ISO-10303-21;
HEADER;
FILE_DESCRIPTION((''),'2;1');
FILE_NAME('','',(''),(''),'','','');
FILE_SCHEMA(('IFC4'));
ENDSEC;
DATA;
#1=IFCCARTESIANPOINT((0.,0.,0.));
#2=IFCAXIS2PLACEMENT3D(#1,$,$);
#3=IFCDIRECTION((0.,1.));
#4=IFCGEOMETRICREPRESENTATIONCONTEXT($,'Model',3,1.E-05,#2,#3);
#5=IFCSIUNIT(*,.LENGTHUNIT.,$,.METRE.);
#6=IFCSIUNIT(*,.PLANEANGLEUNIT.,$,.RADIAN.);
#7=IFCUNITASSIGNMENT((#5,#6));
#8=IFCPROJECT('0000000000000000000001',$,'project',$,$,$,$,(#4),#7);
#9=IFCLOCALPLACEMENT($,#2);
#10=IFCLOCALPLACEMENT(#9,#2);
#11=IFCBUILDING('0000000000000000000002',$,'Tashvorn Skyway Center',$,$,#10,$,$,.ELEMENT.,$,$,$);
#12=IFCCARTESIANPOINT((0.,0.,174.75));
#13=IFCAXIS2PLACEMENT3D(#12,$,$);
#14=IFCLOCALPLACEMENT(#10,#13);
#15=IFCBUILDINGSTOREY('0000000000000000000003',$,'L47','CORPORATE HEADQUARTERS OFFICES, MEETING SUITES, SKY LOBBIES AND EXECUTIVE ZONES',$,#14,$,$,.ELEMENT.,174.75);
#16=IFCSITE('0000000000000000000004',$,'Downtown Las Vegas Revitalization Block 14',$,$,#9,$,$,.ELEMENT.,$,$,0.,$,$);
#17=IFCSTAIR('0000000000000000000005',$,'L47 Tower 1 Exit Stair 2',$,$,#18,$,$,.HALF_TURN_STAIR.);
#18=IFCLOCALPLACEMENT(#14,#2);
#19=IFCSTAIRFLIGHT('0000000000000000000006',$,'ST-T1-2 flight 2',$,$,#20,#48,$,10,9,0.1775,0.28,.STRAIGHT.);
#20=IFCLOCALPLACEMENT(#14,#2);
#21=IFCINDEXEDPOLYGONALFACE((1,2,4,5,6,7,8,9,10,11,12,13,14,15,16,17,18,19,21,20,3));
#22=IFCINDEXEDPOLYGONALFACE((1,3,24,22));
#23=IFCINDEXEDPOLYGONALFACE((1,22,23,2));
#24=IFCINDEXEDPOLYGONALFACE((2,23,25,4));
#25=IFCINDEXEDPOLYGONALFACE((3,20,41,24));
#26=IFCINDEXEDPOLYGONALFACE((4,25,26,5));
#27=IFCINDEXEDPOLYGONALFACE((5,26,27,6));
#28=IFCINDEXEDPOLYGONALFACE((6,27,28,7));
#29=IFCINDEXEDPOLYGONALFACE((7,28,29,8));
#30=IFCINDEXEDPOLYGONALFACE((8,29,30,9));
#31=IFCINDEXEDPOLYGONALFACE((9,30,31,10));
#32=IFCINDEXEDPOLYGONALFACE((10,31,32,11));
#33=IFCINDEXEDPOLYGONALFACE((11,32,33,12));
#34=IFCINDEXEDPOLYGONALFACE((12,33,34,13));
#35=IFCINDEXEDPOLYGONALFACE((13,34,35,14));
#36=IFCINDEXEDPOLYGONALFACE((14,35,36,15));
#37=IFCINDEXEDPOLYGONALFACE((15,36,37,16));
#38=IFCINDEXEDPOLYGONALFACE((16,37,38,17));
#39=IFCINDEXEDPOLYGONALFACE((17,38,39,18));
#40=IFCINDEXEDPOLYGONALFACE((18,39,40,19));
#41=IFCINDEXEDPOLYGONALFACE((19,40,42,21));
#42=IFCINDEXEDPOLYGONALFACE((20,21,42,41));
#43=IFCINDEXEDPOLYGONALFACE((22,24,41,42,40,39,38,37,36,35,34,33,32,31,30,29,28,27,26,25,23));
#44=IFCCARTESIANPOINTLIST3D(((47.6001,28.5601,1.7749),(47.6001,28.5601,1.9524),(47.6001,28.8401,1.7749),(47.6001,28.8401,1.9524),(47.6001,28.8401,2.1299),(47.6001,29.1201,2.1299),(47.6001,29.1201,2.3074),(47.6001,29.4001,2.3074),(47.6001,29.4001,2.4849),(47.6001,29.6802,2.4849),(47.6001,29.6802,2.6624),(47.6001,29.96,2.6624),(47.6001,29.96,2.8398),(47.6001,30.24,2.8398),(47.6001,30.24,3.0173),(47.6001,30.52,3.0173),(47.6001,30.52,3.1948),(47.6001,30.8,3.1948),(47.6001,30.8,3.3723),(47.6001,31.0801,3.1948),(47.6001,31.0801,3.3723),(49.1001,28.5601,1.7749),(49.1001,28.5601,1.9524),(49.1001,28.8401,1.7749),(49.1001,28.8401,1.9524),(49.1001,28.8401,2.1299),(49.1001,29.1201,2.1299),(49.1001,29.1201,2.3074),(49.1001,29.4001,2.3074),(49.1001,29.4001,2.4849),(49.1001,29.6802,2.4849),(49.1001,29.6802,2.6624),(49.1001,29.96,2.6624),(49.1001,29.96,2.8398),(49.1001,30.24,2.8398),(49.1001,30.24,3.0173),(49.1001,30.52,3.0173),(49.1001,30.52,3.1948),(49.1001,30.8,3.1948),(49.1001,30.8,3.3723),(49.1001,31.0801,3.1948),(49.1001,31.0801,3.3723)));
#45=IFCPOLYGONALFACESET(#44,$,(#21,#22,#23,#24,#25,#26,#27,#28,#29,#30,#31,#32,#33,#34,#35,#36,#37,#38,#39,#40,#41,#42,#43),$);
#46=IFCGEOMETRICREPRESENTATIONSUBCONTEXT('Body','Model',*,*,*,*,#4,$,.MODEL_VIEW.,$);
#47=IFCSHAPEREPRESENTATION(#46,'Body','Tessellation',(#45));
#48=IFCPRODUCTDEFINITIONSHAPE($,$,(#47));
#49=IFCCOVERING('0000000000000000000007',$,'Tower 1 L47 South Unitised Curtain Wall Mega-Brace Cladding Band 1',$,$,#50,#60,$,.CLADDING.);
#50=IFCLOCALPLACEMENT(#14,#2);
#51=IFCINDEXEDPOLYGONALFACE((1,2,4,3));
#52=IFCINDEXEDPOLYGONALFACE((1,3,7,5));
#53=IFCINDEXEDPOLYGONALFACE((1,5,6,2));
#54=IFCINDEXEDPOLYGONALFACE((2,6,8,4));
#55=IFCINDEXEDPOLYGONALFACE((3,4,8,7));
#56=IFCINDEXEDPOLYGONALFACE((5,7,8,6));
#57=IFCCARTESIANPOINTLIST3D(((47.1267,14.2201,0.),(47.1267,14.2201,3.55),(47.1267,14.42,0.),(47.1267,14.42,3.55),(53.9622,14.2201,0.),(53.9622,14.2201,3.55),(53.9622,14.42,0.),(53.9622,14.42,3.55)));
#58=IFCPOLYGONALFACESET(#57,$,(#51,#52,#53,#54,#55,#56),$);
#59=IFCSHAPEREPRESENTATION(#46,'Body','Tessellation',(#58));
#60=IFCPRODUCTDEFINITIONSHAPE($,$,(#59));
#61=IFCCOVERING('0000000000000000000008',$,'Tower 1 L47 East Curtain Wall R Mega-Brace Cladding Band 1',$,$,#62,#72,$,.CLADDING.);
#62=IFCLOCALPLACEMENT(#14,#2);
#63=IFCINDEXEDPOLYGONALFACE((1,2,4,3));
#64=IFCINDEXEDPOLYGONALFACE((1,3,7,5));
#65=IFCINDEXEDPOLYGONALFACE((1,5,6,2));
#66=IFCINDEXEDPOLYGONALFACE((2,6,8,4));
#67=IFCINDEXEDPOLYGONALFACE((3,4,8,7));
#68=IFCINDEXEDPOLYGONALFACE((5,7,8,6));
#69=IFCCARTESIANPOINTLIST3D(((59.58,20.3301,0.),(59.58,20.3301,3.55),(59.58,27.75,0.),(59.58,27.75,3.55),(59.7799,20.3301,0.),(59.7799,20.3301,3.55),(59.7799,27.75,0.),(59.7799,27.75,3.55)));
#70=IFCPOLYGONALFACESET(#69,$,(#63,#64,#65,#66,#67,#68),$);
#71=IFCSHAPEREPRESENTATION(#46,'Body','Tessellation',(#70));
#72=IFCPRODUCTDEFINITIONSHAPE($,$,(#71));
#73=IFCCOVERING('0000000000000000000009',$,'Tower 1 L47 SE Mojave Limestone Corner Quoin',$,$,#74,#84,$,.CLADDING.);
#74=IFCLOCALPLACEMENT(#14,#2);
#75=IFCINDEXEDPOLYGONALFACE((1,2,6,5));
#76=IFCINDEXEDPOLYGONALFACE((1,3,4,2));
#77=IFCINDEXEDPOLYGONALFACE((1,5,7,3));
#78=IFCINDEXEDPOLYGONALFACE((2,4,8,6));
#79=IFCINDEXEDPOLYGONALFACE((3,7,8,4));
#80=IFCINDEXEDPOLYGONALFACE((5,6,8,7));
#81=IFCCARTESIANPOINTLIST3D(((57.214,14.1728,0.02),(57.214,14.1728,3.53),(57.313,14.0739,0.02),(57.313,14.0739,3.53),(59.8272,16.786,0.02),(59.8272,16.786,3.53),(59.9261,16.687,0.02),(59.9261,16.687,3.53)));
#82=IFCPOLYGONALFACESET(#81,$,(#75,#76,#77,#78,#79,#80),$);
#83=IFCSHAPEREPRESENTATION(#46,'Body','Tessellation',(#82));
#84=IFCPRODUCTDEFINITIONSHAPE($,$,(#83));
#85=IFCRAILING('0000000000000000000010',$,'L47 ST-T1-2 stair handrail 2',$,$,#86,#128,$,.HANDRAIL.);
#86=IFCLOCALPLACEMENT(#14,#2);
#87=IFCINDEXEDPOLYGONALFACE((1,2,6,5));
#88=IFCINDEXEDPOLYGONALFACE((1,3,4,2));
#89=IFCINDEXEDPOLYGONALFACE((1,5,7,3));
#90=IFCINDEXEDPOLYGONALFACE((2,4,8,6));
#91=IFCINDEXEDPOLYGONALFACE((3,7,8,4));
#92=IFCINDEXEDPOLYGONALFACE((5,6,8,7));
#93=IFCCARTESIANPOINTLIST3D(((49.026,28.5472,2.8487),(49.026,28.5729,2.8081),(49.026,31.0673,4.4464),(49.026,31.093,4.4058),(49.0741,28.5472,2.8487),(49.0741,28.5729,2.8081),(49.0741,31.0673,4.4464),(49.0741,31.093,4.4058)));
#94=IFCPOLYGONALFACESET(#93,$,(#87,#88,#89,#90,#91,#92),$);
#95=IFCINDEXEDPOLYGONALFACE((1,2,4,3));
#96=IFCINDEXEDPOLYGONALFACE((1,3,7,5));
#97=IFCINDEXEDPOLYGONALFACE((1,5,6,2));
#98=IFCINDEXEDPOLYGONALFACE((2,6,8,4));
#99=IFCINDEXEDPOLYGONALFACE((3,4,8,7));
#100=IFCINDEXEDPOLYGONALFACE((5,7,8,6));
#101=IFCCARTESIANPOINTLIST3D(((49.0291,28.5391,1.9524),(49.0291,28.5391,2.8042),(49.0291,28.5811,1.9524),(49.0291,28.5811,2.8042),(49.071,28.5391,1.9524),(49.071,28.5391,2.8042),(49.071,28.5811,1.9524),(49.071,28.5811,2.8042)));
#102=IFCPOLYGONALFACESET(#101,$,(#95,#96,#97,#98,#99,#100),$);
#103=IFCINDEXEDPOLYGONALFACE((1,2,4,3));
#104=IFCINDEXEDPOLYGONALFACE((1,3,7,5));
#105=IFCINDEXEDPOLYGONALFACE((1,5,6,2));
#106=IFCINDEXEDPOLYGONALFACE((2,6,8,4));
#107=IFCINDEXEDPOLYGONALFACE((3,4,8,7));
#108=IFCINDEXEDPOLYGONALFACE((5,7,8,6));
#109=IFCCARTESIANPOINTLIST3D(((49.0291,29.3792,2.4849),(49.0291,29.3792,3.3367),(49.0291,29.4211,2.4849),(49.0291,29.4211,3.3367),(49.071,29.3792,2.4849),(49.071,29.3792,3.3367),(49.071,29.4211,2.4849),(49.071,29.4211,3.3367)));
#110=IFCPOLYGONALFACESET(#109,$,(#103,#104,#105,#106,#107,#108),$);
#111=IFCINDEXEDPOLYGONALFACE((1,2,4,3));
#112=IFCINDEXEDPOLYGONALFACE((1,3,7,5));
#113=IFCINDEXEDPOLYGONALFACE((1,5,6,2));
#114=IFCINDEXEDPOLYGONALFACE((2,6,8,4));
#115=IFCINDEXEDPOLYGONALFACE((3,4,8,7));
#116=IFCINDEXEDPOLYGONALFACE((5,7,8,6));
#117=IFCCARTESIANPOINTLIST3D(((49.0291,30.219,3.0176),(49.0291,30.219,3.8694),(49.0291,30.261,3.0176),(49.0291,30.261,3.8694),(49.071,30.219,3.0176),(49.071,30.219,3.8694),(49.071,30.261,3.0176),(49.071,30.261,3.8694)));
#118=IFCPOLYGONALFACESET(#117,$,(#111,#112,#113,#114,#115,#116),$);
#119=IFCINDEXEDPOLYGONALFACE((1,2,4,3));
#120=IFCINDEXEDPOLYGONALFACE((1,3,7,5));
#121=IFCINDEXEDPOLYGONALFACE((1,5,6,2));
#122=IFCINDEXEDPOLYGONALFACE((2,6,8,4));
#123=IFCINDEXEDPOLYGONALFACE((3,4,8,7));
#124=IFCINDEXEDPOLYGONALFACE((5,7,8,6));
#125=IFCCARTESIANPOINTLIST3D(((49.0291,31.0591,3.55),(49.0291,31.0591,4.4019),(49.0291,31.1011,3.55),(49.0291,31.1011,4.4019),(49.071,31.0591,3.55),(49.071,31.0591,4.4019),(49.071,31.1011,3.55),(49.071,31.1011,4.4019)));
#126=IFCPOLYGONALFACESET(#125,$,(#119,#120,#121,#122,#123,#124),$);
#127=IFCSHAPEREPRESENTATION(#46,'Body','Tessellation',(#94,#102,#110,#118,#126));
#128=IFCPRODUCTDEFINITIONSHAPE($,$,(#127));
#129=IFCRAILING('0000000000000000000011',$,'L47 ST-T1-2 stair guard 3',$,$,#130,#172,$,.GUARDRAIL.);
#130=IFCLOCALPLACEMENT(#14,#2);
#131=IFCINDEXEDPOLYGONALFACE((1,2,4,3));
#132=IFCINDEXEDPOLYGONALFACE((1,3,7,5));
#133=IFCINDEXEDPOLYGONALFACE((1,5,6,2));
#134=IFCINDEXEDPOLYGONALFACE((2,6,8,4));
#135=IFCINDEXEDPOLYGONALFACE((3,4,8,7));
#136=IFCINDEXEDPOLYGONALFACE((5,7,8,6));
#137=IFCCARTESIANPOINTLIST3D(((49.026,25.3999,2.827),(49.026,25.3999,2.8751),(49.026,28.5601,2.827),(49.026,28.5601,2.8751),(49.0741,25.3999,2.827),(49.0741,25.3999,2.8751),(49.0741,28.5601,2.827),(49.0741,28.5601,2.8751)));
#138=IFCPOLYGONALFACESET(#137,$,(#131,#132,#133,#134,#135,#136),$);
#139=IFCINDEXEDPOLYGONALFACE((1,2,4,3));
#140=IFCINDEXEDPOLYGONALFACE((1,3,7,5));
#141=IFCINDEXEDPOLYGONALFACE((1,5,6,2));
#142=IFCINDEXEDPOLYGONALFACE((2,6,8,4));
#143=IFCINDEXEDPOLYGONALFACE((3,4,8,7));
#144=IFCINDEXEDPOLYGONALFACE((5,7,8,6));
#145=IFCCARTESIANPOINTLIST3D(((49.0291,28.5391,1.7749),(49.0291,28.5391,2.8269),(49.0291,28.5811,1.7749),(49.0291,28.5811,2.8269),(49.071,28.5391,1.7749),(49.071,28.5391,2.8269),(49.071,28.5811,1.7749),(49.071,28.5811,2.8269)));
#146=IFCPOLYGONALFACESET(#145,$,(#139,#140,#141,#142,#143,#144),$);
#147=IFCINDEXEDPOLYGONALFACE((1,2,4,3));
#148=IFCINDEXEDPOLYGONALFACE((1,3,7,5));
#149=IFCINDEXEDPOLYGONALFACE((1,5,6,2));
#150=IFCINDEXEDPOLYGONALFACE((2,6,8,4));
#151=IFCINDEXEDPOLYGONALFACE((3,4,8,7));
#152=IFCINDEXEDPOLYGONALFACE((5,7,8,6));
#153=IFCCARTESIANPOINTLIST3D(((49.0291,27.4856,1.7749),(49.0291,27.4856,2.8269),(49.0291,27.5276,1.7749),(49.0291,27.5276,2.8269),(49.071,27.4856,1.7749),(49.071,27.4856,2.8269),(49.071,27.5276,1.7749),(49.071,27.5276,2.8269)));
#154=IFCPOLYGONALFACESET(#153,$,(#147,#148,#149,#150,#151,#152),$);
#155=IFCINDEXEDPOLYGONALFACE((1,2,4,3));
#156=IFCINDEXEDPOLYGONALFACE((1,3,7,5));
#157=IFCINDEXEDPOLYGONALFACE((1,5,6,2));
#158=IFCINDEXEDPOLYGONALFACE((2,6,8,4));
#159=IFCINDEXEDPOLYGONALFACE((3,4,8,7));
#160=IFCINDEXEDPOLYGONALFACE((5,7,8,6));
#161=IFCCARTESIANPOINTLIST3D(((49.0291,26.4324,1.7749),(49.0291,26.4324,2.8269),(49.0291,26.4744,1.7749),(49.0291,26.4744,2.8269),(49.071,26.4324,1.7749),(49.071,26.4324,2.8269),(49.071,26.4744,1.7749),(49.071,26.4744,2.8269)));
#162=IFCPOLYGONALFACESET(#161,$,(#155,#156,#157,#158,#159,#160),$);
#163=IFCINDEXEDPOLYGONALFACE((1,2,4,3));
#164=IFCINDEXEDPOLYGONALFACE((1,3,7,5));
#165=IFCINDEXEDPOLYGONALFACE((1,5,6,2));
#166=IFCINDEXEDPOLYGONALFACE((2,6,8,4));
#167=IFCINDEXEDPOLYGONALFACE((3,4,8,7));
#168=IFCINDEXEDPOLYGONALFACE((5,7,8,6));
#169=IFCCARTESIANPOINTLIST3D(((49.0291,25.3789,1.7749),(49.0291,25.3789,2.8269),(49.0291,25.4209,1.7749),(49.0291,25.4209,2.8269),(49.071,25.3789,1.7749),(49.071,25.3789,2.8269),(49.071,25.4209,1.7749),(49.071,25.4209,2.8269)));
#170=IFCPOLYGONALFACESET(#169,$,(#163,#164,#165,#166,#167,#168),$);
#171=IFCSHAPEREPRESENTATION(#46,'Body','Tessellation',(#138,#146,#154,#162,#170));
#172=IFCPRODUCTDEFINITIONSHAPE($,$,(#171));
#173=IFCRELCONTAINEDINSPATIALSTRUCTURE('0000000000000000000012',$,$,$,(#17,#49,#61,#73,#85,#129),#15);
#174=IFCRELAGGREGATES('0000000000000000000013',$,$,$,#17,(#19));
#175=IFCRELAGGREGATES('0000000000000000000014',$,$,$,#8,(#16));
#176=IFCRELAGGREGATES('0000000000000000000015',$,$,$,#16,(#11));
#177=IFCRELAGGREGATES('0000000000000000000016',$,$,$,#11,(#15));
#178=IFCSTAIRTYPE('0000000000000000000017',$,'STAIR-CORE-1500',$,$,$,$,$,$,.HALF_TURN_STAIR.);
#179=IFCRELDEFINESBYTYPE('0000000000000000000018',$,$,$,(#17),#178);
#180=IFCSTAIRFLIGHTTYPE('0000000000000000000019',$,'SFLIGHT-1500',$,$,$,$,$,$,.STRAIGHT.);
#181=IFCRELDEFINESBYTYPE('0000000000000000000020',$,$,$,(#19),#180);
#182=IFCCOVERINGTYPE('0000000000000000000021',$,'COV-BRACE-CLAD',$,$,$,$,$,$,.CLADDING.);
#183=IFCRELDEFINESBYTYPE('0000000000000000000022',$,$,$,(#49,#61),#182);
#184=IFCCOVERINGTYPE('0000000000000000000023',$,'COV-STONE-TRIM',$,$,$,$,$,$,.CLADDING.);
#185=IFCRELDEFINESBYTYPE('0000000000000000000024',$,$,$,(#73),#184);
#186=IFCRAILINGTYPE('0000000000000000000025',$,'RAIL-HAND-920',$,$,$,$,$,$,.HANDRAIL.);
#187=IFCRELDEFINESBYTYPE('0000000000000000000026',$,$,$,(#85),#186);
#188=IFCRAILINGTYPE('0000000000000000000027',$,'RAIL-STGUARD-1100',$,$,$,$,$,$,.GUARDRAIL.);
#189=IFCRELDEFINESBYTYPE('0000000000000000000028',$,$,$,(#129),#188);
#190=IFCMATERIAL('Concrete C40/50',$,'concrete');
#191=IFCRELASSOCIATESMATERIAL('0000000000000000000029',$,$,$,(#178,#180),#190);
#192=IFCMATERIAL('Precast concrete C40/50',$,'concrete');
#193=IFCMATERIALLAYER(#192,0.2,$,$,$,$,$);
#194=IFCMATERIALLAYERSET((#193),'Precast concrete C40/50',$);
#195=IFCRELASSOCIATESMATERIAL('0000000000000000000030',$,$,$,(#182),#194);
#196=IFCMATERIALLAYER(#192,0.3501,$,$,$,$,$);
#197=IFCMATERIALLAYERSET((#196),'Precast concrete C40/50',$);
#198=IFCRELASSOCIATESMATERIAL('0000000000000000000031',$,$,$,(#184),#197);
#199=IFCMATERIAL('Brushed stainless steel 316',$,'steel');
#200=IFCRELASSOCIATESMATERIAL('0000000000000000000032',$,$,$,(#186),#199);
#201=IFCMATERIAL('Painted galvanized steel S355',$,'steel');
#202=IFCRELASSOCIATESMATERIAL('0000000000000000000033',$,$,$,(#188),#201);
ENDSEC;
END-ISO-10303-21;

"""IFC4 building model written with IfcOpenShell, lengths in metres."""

from ifc_helpers import new_model, si_unit, direction, frame, origin, origin_2d, place, context, subcontext, project, spatial, polyline, rectangle, outline, extrude, material, layer, layer_set, type_object, element, aggregate, save


model = new_model("IFC4")

# Units and contexts
model_context = context("Model", 3, precision=1e-05, world=origin(), true_north=direction((0.0, 1.0)))
body_context = subcontext(model_context, "Body", "Model", "MODEL_VIEW")
ifc_project = project(units=[si_unit("LENGTHUNIT", "METRE"), si_unit("PLANEANGLEUNIT", "RADIAN")], contexts=[model_context])

# Site, building, storey
site_placement = place(None, origin())
site = spatial("IfcSite", under=ifc_project, at=site_placement, Name="Downtown Las Vegas Revitalization Block 14", CompositionType="ELEMENT", RefElevation=0.0)
building_placement = place(site_placement, origin())
building = spatial("IfcBuilding", under=site, at=building_placement, Name="Tashvorn Skyway Center", CompositionType="ELEMENT")
storey_placement = place(building_placement, frame((0.0, 0.0, 174.75)))
storey = spatial("IfcBuildingStorey", under=building, at=storey_placement, Name="L47", Description="CORPORATE HEADQUARTERS OFFICES, MEETING SUITES, SKY LOBBIES AND EXECUTIVE ZONES", CompositionType="ELEMENT", Elevation=174.75)

# Stair, stair flight
ifc_material_1 = material(Name="Concrete C40/50", Category="concrete")
stair_type = type_object("IfcStairType", Name="STAIR-CORE-1500", PredefinedType="HALF_TURN_STAIR", material=ifc_material_1)
stair_placement = place(storey_placement, origin())
stair = element("IfcStair", 1, at=stair_placement, inside=storey, type_object=stair_type, Name="L47 Tower 1 Exit Stair 2", PredefinedType="HALF_TURN_STAIR")
stair_flight_type = type_object("IfcStairFlightType", Name="SFLIGHT-1500", PredefinedType="STRAIGHT", material=ifc_material_1)
stair_flight_placement = place(storey_placement, frame((48.3501, 28.5601, 1.7749), z_axis=(0.0, 0.0, 1.0), x_axis=(0.0, 1.0, 0.0)))
stair_flight = element("IfcStairFlight", 2, at=stair_flight_placement, type_object=stair_flight_type, Name="ST-T1-2 flight 2", NumberOfRisers=10, NumberOfTreads=9, PredefinedType="STRAIGHT", RiserHeight=0.1775, TreadLength=0.28, context=body_context, shape_type="SweptSolid", body=[
    extrude(outline(polyline([(0.0, 0.0), (0.0, 0.1775), (0.28, 0.1775), (0.28, 0.355), (0.5601, 0.355), (0.5601, 0.5325), (0.8401, 0.5325), (0.8401, 0.71), (1.1201, 0.71), (1.1201, 0.8875), (1.3999, 0.8875), (1.3999, 1.0649), (1.6799, 1.0649), (1.6799, 1.2424), (1.96, 1.2424), (1.96, 1.4199), (2.24, 1.4199), (2.24, 1.5974), (2.52, 1.5974), (2.52, 1.7749), (2.52, 1.4199), (0.28, 0.0), (0.0, 0.0)])), frame((0.0, 0.75, 0.0), z_axis=(0.0, -1.0, 0.0), x_axis=(1.0, 0.0, 0.0)), (0.0, 0.0, 1.0), 1.5),
])
aggregate(stair, [stair_flight])

# Coverings
ifc_material_2 = material(Name="Precast concrete C40/50", Category="concrete")
ifc_layer_1 = layer(ifc_material_2, 0.2)
ifc_layer_set_1 = layer_set([ifc_layer_1], Name="Precast concrete C40/50")
covering_type_1 = type_object("IfcCoveringType", Name="COV-BRACE-CLAD", PredefinedType="CLADDING", material=ifc_layer_set_1)
covering_1_placement = place(storey_placement, frame((50.5444, 14.3201, 0.0), z_axis=(0.0, 0.0, 1.0), x_axis=(-1.0, 0.0, 0.0)))
element("IfcCovering", 3, at=covering_1_placement, inside=storey, type_object=covering_type_1, Name="Tower 1 L47 South Unitised Curtain Wall Mega-Brace Cladding Band 1", PredefinedType="CLADDING", context=body_context, shape_type="SweptSolid", body=[
    extrude(rectangle(XDim=6.8354, YDim=0.2, at=origin_2d()), origin(), (0.0, 0.0, 1.0), 3.55),
])
covering_2_placement = place(storey_placement, frame((59.6799, 24.04, 0.0), z_axis=(0.0, 0.0, 1.0), x_axis=(0.0, -1.0, 0.0)))
element("IfcCovering", 4, at=covering_2_placement, inside=storey, type_object=covering_type_1, Name="Tower 1 L47 East Curtain Wall R Mega-Brace Cladding Band 1", PredefinedType="CLADDING", context=body_context, shape_type="SweptSolid", body=[
    extrude(rectangle(XDim=7.4199, YDim=0.2, at=origin_2d()), origin(), (0.0, 0.0, 1.0), 3.55),
])
ifc_layer_2 = layer(ifc_material_2, 0.3501)
ifc_layer_set_2 = layer_set([ifc_layer_2], Name="Precast concrete C40/50")
covering_type_2 = type_object("IfcCoveringType", Name="COV-STONE-TRIM", PredefinedType="CLADDING", material=ifc_layer_set_2)
covering_3_placement = place(storey_placement, frame((58.5701, 15.4299, 0.02), z_axis=(0.0, 0.0, 1.0), x_axis=(0.707107, 0.707107, 0.0)))
element("IfcCovering", 5, at=covering_3_placement, inside=storey, type_object=covering_type_2, Name="Tower 1 L47 SE Mojave Limestone Corner Quoin", PredefinedType="CLADDING", context=body_context, shape_type="SweptSolid", body=[
    extrude(rectangle(XDim=3.6956, YDim=0.1399, at=origin_2d()), origin(), (0.0, 0.0, 1.0), 3.51),
])

# Railings
ifc_material_3 = material(Name="Brushed stainless steel 316", Category="steel")
railing_type_1 = type_object("IfcRailingType", Name="RAIL-HAND-920", PredefinedType="HANDRAIL", material=ifc_material_3)
railing_1_placement = place(storey_placement, frame((49.05, 28.5601, 1.9524)))
element("IfcRailing", 6, at=railing_1_placement, inside=storey, type_object=railing_type_1, Name="L47 ST-T1-2 stair handrail 2", PredefinedType="HANDRAIL", context=body_context, shape_type="SweptSolid", body=[
    extrude(rectangle(XDim=0.0481, YDim=0.0481, at=origin_2d()), frame((0.0, 0.0, 0.876), z_axis=(0.0, 0.84457, 0.535445), x_axis=(-1.0, 0.0, 0.0)), (0.0, 0.0, 1.0), 2.9839),
    extrude(rectangle(XDim=0.042, YDim=0.042, at=origin_2d()), origin(), (0.0, 0.0, 1.0), 0.8518),
    extrude(rectangle(XDim=0.042, YDim=0.042, at=origin_2d()), frame((0.0, 0.8401, 0.5325)), (0.0, 0.0, 1.0), 0.8518),
    extrude(rectangle(XDim=0.042, YDim=0.042, at=origin_2d()), frame((0.0, 1.6799, 1.0652)), (0.0, 0.0, 1.0), 0.8518),
    extrude(rectangle(XDim=0.042, YDim=0.042, at=origin_2d()), frame((0.0, 2.52, 1.5977)), (0.0, 0.0, 1.0), 0.8518),
])
ifc_material_4 = material(Name="Painted galvanized steel S355", Category="steel")
railing_type_2 = type_object("IfcRailingType", Name="RAIL-STGUARD-1100", PredefinedType="GUARDRAIL", material=ifc_material_4)
railing_2_placement = place(storey_placement, frame((49.05, 28.5601, 1.7749)))
element("IfcRailing", 7, at=railing_2_placement, inside=storey, type_object=railing_type_2, Name="L47 ST-T1-2 stair guard 3", PredefinedType="GUARDRAIL", context=body_context, shape_type="SweptSolid", body=[
    extrude(rectangle(XDim=0.0481, YDim=0.0481, at=origin_2d()), frame((0.0, 0.0, 1.0762), z_axis=(0.0, -1.0, 0.0), x_axis=(1.0, 0.0, 0.0)), (0.0, 0.0, 1.0), 3.1602),
    extrude(rectangle(XDim=0.042, YDim=0.042, at=origin_2d()), origin(), (0.0, 0.0, 1.0), 1.052),
    extrude(rectangle(XDim=0.042, YDim=0.042, at=origin_2d()), frame((0.0, -1.0535, 0.0)), (0.0, 0.0, 1.0), 1.052),
    extrude(rectangle(XDim=0.042, YDim=0.042, at=origin_2d()), frame((0.0, -2.1067, 0.0)), (0.0, 0.0, 1.0), 1.052),
    extrude(rectangle(XDim=0.042, YDim=0.042, at=origin_2d()), frame((0.0, -3.1602, 0.0)), (0.0, 0.0, 1.0), 1.052),
])

save(model, "model.ifc")
